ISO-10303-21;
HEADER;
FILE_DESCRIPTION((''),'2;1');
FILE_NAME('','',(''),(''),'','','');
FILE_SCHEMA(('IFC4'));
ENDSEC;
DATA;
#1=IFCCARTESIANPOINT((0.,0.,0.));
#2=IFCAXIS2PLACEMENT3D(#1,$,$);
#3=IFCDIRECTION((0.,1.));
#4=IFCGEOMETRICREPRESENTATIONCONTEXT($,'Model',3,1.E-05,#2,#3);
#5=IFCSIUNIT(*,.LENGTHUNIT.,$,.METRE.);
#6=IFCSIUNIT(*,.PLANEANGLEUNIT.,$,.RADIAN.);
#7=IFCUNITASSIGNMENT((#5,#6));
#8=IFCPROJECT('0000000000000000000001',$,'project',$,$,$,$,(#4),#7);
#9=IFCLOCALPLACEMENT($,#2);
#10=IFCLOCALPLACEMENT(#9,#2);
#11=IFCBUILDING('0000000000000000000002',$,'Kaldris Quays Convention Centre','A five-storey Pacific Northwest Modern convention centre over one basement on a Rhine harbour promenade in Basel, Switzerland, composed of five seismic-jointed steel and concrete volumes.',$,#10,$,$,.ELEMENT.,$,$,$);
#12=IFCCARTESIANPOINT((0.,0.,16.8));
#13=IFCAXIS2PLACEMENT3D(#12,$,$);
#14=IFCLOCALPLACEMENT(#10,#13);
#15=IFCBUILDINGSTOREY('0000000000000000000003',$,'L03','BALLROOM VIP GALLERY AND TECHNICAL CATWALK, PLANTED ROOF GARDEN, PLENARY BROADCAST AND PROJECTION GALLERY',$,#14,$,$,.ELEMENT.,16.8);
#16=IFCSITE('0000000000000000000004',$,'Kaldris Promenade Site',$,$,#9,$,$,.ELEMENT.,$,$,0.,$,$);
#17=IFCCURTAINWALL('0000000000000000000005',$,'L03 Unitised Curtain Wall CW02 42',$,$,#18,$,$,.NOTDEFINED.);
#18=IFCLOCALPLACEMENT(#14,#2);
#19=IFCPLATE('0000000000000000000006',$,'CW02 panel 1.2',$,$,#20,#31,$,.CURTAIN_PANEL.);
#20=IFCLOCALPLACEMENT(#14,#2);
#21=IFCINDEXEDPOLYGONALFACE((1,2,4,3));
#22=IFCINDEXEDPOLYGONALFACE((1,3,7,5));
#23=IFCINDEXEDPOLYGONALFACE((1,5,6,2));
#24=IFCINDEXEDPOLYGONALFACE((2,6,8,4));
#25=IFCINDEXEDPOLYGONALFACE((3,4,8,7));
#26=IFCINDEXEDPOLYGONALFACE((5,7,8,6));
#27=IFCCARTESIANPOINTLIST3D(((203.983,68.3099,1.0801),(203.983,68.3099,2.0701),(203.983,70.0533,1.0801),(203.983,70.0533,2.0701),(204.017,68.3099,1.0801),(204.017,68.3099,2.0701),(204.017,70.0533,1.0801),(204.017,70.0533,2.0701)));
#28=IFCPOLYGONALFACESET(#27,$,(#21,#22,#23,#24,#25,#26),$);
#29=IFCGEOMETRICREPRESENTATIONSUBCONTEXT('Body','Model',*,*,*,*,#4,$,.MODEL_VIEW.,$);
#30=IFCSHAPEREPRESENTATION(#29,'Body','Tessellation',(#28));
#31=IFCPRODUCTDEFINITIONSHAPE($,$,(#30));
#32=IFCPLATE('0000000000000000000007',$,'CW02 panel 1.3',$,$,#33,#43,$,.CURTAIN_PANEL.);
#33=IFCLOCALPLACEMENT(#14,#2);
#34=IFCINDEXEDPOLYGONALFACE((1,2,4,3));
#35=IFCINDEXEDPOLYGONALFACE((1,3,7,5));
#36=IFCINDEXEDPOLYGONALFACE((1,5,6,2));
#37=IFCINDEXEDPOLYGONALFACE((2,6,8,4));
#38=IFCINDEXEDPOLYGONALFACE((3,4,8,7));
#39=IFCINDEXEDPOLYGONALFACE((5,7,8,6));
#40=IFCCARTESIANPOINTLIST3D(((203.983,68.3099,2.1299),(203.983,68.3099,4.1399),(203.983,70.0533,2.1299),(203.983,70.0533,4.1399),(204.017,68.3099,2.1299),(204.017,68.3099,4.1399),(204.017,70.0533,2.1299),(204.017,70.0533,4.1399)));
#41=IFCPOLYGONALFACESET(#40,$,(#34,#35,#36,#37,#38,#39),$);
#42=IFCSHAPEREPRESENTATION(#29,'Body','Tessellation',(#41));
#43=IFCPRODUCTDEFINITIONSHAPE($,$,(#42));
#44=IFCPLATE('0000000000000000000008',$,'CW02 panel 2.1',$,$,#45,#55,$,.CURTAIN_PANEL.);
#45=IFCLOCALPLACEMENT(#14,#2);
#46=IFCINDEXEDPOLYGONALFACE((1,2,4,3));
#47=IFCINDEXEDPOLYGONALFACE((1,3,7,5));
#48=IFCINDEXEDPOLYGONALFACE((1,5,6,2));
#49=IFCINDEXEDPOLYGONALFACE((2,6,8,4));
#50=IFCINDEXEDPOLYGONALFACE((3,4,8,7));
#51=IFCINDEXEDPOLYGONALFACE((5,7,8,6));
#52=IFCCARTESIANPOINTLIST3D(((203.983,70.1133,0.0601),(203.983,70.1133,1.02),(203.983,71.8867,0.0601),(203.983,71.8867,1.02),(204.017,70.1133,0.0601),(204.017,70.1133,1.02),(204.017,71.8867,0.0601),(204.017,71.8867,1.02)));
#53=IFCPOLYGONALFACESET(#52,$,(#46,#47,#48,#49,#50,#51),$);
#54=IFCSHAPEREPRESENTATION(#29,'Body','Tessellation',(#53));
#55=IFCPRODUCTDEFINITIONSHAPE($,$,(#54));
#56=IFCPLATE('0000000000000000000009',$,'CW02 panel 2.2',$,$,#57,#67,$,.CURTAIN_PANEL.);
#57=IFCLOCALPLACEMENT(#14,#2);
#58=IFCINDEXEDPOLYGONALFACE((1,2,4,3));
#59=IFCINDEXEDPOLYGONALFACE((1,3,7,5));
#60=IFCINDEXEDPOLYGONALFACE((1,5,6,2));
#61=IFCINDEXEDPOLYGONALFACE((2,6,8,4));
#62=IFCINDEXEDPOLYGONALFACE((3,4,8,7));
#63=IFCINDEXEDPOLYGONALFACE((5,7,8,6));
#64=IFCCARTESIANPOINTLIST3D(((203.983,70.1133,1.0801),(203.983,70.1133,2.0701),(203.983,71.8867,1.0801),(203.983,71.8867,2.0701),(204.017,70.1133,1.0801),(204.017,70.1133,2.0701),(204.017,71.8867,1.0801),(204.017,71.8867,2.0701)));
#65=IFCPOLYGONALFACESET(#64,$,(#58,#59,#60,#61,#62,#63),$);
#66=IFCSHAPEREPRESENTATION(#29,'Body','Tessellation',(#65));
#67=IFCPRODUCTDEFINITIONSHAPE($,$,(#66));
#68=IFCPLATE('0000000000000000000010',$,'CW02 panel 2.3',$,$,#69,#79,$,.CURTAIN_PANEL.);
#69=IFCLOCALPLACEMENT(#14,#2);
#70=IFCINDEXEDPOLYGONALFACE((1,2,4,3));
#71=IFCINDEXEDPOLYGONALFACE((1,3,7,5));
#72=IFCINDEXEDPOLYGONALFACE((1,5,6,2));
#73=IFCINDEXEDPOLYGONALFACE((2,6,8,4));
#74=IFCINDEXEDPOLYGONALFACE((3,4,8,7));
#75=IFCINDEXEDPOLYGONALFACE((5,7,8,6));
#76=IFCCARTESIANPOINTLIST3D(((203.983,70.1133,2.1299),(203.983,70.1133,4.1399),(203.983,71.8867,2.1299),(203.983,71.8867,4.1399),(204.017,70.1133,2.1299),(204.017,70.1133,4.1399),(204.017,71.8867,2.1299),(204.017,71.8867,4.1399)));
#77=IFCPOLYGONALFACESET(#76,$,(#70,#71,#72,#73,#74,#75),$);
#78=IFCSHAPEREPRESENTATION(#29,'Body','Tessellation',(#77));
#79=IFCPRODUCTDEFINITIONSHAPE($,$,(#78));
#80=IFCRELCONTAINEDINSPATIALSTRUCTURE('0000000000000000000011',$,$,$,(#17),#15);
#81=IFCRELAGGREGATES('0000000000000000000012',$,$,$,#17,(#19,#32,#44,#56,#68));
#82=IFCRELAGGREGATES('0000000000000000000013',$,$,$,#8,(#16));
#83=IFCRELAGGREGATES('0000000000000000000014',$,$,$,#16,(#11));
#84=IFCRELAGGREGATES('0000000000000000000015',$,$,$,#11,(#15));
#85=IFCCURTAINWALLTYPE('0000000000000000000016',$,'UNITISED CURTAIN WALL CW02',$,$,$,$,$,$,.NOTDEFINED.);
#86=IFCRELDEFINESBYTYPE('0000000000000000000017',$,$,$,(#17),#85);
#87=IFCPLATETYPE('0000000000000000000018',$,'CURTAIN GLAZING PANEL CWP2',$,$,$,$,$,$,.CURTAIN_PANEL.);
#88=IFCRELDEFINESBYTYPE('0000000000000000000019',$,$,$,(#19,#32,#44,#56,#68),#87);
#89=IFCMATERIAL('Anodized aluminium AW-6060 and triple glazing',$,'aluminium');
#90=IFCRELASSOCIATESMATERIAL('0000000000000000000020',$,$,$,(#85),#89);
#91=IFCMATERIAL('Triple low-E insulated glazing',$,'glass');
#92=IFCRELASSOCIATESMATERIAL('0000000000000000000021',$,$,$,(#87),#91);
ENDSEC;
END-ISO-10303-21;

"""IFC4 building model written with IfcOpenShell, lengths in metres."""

from ifc_helpers import new_model, si_unit, direction, frame, origin, origin_2d, place, context, subcontext, project, spatial, rectangle, extrude, material, type_object, element, aggregate, save


model = new_model("IFC4")

# Units and contexts
model_context = context("Model", 3, precision=1e-05, world=origin(), true_north=direction((0.0, 1.0)))
body_context = subcontext(model_context, "Body", "Model", "MODEL_VIEW")
ifc_project = project(units=[si_unit("LENGTHUNIT", "METRE"), si_unit("PLANEANGLEUNIT", "RADIAN")], contexts=[model_context])

# Site, building, storey
site_placement = place(None, origin())
site = spatial("IfcSite", under=ifc_project, at=site_placement, Name="Kaldris Promenade Site", CompositionType="ELEMENT", RefElevation=0.0)
building_placement = place(site_placement, origin())
building = spatial("IfcBuilding", under=site, at=building_placement, Name="Kaldris Quays Convention Centre", Description="A five-storey Pacific Northwest Modern convention centre over one basement on a Rhine harbour promenade in Basel, Switzerland, composed of five seismic-jointed steel and concrete volumes.", CompositionType="ELEMENT")
storey_placement = place(building_placement, frame((0.0, 0.0, 16.8)))
storey = spatial("IfcBuildingStorey", under=building, at=storey_placement, Name="L03", Description="BALLROOM VIP GALLERY AND TECHNICAL CATWALK, PLANTED ROOF GARDEN, PLENARY BROADCAST AND PROJECTION GALLERY", CompositionType="ELEMENT", Elevation=16.8)

# Curtain wall
ifc_material_1 = material(Name="Anodized aluminium AW-6060 and triple glazing", Category="aluminium")
curtain_wall_type = type_object("IfcCurtainWallType", Name="UNITISED CURTAIN WALL CW02", PredefinedType="NOTDEFINED", material=ifc_material_1)
curtain_wall_placement = place(storey_placement, origin())
curtain_wall = element("IfcCurtainWall", 1, at=curtain_wall_placement, inside=storey, type_object=curtain_wall_type, Name="L03 Unitised Curtain Wall CW02 42", PredefinedType="NOTDEFINED")

# Plates
ifc_material_2 = material(Name="Triple low-E insulated glazing", Category="glass")
plate_type = type_object("IfcPlateType", Name="CURTAIN GLAZING PANEL CWP2", PredefinedType="CURTAIN_PANEL", material=ifc_material_2)
plate_1_placement = place(storey_placement, frame((204.0, 69.1816, 1.0801), z_axis=(0.0, 0.0, 1.0), x_axis=(0.0, 1.0, 0.0)))
plate_1 = element("IfcPlate", 2, at=plate_1_placement, type_object=plate_type, Name="CW02 panel 1.2", PredefinedType="CURTAIN_PANEL", context=body_context, shape_type="SweptSolid", body=[
    extrude(rectangle(XDim=1.7434, YDim=0.0339, at=origin_2d()), origin(), (0.0, 0.0, 1.0), 0.99),
])
plate_2_placement = place(storey_placement, frame((204.0, 69.1816, 2.1299), z_axis=(0.0, 0.0, 1.0), x_axis=(0.0, 1.0, 0.0)))
plate_2 = element("IfcPlate", 3, at=plate_2_placement, type_object=plate_type, Name="CW02 panel 1.3", PredefinedType="CURTAIN_PANEL", context=body_context, shape_type="SweptSolid", body=[
    extrude(rectangle(XDim=1.7434, YDim=0.0339, at=origin_2d()), origin(), (0.0, 0.0, 1.0), 2.01),
])
plate_3_placement = place(storey_placement, frame((204.0, 71.0, 0.0601), z_axis=(0.0, 0.0, 1.0), x_axis=(0.0, 1.0, 0.0)))
plate_3 = element("IfcPlate", 4, at=plate_3_placement, type_object=plate_type, Name="CW02 panel 2.1", PredefinedType="CURTAIN_PANEL", context=body_context, shape_type="SweptSolid", body=[
    extrude(rectangle(XDim=1.7734, YDim=0.0339, at=origin_2d()), origin(), (0.0, 0.0, 1.0), 0.96),
])
plate_4_placement = place(storey_placement, frame((204.0, 71.0, 1.0801), z_axis=(0.0, 0.0, 1.0), x_axis=(0.0, 1.0, 0.0)))
plate_4 = element("IfcPlate", 5, at=plate_4_placement, type_object=plate_type, Name="CW02 panel 2.2", PredefinedType="CURTAIN_PANEL", context=body_context, shape_type="SweptSolid", body=[
    extrude(rectangle(XDim=1.7734, YDim=0.0339, at=origin_2d()), origin(), (0.0, 0.0, 1.0), 0.99),
])
plate_5_placement = place(storey_placement, frame((204.0, 71.0, 2.1299), z_axis=(0.0, 0.0, 1.0), x_axis=(0.0, 1.0, 0.0)))
plate_5 = element("IfcPlate", 6, at=plate_5_placement, type_object=plate_type, Name="CW02 panel 2.3", PredefinedType="CURTAIN_PANEL", context=body_context, shape_type="SweptSolid", body=[
    extrude(rectangle(XDim=1.7734, YDim=0.0339, at=origin_2d()), origin(), (0.0, 0.0, 1.0), 2.01),
])
aggregate(curtain_wall, [plate_1, plate_2, plate_3, plate_4, plate_5])

save(model, "model.ifc")
